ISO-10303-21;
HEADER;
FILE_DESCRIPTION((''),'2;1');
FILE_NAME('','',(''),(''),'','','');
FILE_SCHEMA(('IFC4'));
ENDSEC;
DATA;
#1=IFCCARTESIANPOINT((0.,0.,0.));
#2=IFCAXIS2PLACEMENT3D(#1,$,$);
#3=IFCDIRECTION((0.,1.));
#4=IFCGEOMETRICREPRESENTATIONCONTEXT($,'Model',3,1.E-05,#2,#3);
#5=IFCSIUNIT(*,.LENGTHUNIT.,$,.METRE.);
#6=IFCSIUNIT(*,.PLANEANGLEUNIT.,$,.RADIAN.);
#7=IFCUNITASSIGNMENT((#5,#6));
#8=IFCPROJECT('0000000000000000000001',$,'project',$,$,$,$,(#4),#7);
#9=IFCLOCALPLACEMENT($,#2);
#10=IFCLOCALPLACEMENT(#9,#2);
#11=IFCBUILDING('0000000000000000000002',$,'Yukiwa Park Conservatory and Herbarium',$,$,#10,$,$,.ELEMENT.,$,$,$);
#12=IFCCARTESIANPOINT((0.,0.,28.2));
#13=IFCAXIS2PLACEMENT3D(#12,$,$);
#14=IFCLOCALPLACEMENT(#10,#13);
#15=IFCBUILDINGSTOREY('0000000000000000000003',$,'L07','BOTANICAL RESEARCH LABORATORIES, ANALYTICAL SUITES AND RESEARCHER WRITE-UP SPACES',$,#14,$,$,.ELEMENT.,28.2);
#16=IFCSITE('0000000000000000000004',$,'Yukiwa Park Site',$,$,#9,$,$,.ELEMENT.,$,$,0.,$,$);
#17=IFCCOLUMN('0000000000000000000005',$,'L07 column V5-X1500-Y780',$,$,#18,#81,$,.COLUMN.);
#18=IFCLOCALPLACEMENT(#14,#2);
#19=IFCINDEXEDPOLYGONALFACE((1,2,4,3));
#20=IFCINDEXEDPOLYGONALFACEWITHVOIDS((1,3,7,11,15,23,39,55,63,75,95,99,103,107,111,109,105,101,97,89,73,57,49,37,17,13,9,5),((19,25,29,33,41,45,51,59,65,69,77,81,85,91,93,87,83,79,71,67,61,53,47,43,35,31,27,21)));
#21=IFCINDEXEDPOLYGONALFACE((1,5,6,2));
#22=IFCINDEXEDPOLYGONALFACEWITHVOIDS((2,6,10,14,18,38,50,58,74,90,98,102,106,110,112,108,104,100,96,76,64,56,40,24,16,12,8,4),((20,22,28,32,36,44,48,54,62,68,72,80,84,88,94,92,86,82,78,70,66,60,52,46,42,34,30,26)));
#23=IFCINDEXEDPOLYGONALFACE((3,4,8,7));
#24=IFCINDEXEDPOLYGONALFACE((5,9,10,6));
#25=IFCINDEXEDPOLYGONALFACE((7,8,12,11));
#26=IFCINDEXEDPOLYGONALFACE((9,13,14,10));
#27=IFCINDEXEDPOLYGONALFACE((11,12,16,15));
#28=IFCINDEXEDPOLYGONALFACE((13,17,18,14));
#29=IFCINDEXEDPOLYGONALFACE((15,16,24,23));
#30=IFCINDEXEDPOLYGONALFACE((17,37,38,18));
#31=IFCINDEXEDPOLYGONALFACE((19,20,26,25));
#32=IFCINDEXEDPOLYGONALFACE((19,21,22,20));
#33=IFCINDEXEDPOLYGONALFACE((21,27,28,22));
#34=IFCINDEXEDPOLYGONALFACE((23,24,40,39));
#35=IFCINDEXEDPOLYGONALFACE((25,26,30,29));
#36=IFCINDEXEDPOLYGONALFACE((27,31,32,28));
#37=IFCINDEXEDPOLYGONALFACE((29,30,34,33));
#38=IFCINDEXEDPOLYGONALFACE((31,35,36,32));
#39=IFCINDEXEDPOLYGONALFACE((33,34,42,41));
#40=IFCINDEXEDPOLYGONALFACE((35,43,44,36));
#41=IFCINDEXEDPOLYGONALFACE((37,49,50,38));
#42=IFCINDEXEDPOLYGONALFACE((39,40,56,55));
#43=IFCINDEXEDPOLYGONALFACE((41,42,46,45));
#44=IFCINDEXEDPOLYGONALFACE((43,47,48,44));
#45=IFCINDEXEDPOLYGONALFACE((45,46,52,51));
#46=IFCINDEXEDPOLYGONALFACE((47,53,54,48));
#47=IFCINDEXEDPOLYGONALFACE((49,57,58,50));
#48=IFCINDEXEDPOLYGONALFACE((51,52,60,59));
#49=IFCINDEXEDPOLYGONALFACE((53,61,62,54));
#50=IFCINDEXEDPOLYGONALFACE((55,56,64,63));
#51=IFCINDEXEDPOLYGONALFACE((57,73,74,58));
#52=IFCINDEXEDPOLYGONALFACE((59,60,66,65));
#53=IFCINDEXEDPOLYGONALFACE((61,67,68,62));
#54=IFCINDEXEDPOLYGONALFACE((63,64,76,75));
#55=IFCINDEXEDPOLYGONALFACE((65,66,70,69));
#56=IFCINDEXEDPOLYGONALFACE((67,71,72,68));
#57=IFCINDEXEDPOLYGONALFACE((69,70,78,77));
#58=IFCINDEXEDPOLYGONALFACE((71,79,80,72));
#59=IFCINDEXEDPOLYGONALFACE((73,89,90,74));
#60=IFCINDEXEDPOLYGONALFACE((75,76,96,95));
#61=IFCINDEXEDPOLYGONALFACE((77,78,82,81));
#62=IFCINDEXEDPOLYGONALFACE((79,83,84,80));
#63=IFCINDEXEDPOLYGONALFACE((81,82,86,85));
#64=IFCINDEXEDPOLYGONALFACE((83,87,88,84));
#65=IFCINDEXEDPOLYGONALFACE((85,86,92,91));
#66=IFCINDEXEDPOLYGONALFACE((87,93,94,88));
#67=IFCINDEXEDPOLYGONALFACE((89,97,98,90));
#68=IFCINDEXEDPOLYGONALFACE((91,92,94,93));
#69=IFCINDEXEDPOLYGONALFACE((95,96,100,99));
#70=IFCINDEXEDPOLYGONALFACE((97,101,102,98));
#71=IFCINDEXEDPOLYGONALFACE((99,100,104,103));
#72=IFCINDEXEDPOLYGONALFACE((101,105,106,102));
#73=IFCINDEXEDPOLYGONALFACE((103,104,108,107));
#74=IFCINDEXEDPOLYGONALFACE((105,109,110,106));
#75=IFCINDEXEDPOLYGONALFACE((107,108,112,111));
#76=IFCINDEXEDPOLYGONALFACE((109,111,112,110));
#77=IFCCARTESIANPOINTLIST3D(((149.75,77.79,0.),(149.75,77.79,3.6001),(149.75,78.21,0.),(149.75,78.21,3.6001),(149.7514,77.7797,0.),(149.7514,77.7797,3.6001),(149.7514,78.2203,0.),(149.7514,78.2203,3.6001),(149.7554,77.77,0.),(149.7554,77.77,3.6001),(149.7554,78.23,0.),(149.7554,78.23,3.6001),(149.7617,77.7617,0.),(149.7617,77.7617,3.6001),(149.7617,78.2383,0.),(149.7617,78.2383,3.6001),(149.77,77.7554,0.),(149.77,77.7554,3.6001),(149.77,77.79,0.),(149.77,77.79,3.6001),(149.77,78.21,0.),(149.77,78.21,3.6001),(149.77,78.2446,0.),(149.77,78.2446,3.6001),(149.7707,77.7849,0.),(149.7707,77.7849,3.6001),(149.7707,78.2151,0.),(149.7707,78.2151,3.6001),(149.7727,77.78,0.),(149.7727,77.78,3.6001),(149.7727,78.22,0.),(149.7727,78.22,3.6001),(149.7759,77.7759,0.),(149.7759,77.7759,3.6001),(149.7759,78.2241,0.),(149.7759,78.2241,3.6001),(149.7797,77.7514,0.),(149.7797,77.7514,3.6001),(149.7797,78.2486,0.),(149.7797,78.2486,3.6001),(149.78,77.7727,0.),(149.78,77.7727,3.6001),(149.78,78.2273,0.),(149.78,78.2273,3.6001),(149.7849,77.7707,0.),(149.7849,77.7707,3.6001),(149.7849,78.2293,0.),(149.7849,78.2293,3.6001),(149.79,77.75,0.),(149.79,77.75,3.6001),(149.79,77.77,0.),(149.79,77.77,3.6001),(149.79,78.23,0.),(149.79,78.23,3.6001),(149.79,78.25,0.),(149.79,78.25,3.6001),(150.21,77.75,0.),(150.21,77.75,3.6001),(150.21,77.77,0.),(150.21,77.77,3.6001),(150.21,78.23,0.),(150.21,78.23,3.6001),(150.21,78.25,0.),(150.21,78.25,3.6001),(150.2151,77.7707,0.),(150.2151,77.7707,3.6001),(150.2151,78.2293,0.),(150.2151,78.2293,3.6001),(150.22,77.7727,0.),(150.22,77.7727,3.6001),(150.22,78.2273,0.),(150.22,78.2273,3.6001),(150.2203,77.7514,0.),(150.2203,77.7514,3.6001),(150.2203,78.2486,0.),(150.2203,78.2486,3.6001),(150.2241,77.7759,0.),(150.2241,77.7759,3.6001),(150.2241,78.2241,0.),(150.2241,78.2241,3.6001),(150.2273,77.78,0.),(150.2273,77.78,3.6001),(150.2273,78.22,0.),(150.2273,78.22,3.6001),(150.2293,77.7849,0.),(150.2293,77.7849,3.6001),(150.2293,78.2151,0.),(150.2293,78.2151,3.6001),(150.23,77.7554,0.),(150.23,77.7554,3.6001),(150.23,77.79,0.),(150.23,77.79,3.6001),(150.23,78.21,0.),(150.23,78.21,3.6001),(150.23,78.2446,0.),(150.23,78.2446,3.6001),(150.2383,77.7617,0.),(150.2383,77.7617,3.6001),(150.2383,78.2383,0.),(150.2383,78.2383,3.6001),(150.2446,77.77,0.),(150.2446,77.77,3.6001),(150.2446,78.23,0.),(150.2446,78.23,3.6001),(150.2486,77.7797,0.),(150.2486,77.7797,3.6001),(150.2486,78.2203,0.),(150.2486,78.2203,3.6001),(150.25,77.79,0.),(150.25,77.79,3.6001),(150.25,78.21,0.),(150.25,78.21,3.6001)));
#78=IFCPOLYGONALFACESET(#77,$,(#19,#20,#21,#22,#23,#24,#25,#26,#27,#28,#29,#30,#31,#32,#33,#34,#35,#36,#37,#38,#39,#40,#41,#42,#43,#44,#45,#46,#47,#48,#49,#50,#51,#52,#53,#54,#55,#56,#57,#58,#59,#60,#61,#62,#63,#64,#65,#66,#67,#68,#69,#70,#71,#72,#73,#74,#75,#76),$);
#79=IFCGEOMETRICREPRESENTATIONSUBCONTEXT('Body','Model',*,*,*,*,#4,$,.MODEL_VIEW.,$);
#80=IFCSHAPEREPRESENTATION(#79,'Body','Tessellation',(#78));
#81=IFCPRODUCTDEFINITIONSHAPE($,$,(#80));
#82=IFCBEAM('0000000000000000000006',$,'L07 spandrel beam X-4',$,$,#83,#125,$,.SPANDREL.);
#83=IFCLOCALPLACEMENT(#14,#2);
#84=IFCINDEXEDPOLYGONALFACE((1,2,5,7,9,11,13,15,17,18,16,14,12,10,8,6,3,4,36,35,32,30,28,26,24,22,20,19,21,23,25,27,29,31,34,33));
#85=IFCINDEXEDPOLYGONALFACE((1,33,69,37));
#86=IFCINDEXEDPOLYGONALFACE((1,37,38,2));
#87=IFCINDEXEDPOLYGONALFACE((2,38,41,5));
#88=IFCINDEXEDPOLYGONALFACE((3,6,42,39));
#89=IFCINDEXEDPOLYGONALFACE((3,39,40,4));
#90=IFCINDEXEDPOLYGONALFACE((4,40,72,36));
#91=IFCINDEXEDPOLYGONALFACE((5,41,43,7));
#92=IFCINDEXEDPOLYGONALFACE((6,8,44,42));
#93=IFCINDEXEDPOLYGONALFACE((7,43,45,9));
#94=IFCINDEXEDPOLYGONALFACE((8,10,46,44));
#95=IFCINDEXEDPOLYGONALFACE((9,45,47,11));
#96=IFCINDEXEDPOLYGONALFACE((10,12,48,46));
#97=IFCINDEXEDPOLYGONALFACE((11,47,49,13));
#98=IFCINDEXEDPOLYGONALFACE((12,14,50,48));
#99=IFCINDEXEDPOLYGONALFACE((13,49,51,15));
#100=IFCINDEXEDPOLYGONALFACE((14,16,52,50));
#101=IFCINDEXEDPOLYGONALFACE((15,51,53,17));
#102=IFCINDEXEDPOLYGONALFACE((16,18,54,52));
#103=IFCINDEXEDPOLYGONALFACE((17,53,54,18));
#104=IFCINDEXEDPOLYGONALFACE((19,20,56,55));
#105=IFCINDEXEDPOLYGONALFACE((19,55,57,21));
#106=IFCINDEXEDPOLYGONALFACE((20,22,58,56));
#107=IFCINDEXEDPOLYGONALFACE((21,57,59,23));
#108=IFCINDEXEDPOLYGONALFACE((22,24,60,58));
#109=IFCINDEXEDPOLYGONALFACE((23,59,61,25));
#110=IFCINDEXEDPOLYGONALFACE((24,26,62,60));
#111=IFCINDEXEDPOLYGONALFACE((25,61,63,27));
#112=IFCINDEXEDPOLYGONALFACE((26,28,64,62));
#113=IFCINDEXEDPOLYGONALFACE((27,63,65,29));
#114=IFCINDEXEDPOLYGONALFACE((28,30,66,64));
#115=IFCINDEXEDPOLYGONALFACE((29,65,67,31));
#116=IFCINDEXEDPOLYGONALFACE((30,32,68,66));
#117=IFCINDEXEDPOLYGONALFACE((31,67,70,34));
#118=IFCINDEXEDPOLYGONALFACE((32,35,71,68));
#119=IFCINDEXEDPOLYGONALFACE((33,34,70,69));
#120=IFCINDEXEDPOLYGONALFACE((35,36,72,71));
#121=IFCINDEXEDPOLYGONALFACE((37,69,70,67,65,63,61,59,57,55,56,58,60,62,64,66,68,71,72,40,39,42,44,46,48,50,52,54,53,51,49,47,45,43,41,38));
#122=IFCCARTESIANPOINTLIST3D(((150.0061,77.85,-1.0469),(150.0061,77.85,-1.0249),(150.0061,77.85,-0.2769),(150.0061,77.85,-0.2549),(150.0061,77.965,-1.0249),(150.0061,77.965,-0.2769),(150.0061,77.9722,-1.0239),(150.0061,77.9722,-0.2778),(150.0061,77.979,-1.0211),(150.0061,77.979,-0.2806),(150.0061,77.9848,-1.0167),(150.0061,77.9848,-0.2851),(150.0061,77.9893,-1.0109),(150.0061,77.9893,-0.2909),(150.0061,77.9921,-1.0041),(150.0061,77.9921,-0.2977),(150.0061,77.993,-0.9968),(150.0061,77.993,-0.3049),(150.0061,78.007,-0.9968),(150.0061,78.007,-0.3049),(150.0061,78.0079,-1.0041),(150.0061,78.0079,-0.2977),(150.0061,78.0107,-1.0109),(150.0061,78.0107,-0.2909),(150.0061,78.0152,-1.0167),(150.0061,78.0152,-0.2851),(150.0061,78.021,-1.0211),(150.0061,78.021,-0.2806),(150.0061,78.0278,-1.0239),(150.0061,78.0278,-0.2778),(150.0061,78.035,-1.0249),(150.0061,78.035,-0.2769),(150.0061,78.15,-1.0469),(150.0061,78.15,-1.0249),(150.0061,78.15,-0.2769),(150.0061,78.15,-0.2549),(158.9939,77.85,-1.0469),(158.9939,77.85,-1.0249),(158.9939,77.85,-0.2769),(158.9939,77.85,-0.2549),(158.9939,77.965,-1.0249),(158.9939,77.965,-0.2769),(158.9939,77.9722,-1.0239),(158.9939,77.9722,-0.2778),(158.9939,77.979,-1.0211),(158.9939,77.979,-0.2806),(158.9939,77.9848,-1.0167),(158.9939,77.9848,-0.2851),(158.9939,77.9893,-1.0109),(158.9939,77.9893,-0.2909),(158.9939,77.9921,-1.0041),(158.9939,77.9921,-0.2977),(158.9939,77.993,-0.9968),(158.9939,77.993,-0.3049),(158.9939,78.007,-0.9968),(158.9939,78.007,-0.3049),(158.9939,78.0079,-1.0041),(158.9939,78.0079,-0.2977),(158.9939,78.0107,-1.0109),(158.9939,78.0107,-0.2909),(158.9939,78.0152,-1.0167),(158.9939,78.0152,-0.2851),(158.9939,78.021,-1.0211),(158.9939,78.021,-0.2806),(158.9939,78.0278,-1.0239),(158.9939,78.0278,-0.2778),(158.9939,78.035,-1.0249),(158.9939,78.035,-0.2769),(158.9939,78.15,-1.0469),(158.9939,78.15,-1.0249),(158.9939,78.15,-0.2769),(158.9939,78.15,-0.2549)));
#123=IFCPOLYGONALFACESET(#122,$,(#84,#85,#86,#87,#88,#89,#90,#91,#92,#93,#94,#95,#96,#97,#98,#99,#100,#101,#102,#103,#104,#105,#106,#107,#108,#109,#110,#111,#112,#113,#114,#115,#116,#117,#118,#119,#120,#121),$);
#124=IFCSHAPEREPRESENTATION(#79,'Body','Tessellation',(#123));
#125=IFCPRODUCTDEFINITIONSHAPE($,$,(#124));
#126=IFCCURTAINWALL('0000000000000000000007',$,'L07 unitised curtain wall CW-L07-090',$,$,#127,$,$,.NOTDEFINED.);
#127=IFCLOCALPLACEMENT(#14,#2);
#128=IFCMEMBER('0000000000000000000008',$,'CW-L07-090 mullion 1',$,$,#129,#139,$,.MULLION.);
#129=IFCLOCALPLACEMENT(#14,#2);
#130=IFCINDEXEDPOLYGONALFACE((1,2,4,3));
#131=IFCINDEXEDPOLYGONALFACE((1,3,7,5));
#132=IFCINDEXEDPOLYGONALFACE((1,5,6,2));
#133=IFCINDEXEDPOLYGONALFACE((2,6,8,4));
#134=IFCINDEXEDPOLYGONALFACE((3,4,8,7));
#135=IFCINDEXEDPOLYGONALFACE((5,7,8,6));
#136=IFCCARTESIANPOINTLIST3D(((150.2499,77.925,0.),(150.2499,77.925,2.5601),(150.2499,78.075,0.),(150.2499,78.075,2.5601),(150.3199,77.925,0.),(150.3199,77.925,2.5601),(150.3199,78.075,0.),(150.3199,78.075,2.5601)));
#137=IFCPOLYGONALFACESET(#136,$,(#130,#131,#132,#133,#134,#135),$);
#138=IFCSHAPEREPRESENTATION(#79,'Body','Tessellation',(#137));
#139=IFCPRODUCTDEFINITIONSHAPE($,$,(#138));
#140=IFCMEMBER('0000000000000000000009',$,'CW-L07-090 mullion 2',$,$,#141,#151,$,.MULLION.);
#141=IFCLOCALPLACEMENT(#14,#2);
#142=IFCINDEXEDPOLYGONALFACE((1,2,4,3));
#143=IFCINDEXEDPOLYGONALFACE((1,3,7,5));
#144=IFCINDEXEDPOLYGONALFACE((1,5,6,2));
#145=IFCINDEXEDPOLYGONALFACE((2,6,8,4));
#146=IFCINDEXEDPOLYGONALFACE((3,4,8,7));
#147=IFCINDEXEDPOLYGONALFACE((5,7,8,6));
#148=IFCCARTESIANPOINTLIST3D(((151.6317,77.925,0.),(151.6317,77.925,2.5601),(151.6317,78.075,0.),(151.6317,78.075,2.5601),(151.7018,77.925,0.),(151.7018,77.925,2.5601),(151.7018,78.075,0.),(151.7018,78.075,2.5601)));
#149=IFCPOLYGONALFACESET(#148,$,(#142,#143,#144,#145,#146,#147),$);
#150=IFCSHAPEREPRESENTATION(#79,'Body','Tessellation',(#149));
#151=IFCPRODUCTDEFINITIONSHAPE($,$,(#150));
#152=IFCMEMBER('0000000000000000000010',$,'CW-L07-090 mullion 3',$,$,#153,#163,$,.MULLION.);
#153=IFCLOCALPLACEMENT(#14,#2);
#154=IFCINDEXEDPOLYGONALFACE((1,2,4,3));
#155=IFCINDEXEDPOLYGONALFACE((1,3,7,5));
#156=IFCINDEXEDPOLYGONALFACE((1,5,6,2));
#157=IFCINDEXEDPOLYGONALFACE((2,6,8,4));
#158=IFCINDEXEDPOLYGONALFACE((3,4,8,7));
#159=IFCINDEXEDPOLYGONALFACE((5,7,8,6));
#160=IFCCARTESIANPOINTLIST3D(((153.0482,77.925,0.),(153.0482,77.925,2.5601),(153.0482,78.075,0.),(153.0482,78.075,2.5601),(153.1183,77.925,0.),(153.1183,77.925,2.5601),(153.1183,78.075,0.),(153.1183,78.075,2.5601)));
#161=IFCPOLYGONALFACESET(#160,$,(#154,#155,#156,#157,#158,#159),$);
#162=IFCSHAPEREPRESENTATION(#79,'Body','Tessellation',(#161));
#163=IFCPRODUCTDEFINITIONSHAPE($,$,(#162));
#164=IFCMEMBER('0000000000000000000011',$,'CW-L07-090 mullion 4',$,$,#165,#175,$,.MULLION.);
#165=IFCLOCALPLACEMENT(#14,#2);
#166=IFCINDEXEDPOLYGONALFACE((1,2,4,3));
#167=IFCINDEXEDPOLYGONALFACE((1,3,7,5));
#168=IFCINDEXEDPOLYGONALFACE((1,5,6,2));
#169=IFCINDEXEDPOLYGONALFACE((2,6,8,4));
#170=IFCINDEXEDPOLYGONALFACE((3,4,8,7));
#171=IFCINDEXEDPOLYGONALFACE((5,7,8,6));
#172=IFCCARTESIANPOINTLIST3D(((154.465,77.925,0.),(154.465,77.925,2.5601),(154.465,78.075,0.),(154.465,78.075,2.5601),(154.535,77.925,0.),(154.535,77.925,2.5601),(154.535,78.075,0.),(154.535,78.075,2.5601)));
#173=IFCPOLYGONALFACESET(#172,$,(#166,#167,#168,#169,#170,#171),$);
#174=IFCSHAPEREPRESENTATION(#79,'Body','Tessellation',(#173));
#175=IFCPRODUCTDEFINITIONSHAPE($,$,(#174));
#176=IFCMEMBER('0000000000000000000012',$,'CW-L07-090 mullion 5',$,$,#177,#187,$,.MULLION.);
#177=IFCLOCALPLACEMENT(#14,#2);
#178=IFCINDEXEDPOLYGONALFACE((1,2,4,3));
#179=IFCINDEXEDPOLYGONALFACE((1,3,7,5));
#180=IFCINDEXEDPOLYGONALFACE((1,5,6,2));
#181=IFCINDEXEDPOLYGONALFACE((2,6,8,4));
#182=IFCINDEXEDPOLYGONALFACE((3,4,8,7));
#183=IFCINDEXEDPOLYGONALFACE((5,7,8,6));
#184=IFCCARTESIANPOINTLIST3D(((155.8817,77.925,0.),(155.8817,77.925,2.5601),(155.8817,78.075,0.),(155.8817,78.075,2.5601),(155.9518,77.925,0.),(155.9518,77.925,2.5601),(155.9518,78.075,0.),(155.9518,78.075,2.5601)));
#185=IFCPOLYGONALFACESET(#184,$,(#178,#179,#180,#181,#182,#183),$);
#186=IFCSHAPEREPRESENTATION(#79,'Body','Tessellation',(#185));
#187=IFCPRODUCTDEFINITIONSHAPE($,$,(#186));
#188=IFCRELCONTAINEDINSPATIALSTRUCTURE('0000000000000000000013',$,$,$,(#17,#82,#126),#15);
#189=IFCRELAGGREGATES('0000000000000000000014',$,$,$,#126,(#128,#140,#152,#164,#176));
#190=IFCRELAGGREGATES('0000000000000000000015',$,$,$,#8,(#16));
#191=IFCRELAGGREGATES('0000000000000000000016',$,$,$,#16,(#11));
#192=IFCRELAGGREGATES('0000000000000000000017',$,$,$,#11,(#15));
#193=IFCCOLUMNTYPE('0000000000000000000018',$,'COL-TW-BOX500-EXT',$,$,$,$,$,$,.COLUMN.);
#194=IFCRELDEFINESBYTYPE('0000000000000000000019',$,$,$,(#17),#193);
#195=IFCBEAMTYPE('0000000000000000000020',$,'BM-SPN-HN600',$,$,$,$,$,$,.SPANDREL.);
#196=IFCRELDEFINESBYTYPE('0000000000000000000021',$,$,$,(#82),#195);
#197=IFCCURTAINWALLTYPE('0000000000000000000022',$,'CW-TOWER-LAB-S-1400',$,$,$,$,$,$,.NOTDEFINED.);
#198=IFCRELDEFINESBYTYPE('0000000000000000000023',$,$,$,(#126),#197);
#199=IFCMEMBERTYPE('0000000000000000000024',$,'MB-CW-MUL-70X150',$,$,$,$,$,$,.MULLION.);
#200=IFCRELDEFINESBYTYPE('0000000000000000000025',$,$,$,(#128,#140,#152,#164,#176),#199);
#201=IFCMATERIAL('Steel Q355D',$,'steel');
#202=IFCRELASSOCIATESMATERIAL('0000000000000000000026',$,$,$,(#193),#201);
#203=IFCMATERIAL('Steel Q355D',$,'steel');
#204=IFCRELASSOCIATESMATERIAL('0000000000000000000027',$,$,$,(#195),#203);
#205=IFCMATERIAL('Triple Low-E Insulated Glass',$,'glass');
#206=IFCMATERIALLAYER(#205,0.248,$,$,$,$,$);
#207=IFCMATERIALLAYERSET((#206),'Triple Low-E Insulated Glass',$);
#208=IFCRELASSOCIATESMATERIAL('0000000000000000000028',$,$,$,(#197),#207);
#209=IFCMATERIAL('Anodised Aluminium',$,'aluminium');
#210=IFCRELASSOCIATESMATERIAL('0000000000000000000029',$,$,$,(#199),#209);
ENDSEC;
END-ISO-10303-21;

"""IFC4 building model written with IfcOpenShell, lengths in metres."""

from ifc_helpers import new_model, si_unit, direction, frame, origin, origin_2d, place, context, subcontext, project, spatial, rectangle, hollow_rectangle, i_section, extrude, material, layer, layer_set, material_profile, profile_set, type_object, element, aggregate, save


model = new_model("IFC4")

# Units and contexts
model_context = context("Model", 3, precision=1e-05, world=origin(), true_north=direction((0.0, 1.0)))
body_context = subcontext(model_context, "Body", "Model", "MODEL_VIEW")
ifc_project = project(units=[si_unit("LENGTHUNIT", "METRE"), si_unit("PLANEANGLEUNIT", "RADIAN")], contexts=[model_context])

# Site, building, storey
site_placement = place(None, origin())
site = spatial("IfcSite", under=ifc_project, at=site_placement, Name="Yukiwa Park Site", CompositionType="ELEMENT", RefElevation=0.0)
building_placement = place(site_placement, origin())
building = spatial("IfcBuilding", under=site, at=building_placement, Name="Yukiwa Park Conservatory and Herbarium", CompositionType="ELEMENT")
storey_placement = place(building_placement, frame((0.0, 0.0, 28.2)))
storey = spatial("IfcBuildingStorey", under=building, at=storey_placement, Name="L07", Description="BOTANICAL RESEARCH LABORATORIES, ANALYTICAL SUITES AND RESEARCHER WRITE-UP SPACES", CompositionType="ELEMENT", Elevation=28.2)

# Column
ifc_material_1 = material(Name="Steel Q355D", Category="steel")
ifc_material_profile_1 = material_profile(ifc_material_1, hollow_rectangle(XDim=0.5, YDim=0.5, WallThickness=0.02, InnerFilletRadius=0.02, OuterFilletRadius=0.04, at=origin_2d()), Name="BOX 500x500x20")
ifc_profile_set_1 = profile_set([ifc_material_profile_1], Name="Steel Q355D")
column_type = type_object("IfcColumnType", Name="COL-TW-BOX500-EXT", PredefinedType="COLUMN", material=ifc_profile_set_1)
column_placement = place(storey_placement, frame((150.0, 78.0, 0.0), z_axis=(0.0, 0.0, 1.0), x_axis=(1.0, 0.0, 0.0)))
element("IfcColumn", 1, at=column_placement, inside=storey, type_object=column_type, Name="L07 column V5-X1500-Y780", PredefinedType="COLUMN", context=body_context, shape_type="SweptSolid", body=[
    extrude(hollow_rectangle(XDim=0.5, YDim=0.5, WallThickness=0.02, InnerFilletRadius=0.02, OuterFilletRadius=0.04, at=origin_2d()), origin(), (0.0, 0.0, 1.0), 3.6001),
])

# Beam
ifc_material_2 = material(Name="Steel Q355D", Category="steel")
ifc_material_profile_2 = material_profile(ifc_material_2, i_section(OverallWidth=0.3, OverallDepth=0.792, WebThickness=0.0139, FlangeThickness=0.022, FilletRadius=0.0281, at=origin_2d()), Name="HN 792x300x14x22")
ifc_profile_set_2 = profile_set([ifc_material_profile_2], Name="Steel Q355D")
beam_type = type_object("IfcBeamType", Name="BM-SPN-HN600", PredefinedType="SPANDREL", material=ifc_profile_set_2)
beam_placement = place(storey_placement, frame((150.0061, 78.0, -0.6509), z_axis=(1.0, 0.0, 0.0), x_axis=(0.0, 1.0, 0.0)))
element("IfcBeam", 2, at=beam_placement, inside=storey, type_object=beam_type, Name="L07 spandrel beam X-4", PredefinedType="SPANDREL", context=body_context, shape_type="SweptSolid", body=[
    extrude(i_section(OverallWidth=0.3, OverallDepth=0.792, WebThickness=0.0139, FlangeThickness=0.022, FilletRadius=0.0281, at=origin_2d()), origin(), (0.0, 0.0, 1.0), 8.9878),
])

# Curtain wall, members
ifc_material_3 = material(Name="Triple Low-E Insulated Glass", Category="glass")
ifc_layer_1 = layer(ifc_material_3, 0.248)
ifc_layer_set_1 = layer_set([ifc_layer_1], Name="Triple Low-E Insulated Glass")
curtain_wall_type = type_object("IfcCurtainWallType", Name="CW-TOWER-LAB-S-1400", PredefinedType="NOTDEFINED", material=ifc_layer_set_1)
curtain_wall_placement = place(storey_placement, origin())
curtain_wall = element("IfcCurtainWall", 3, at=curtain_wall_placement, inside=storey, type_object=curtain_wall_type, Name="L07 unitised curtain wall CW-L07-090", PredefinedType="NOTDEFINED")
ifc_material_4 = material(Name="Anodised Aluminium", Category="aluminium")
member_type_1 = type_object("IfcMemberType", Name="MB-CW-MUL-70X150", PredefinedType="MULLION", material=ifc_material_4)
member_1_placement = place(storey_placement, frame((150.2849, 78.0, 0.0), z_axis=(0.0, 0.0, 1.0), x_axis=(1.0, 0.0, 0.0)))
member_1 = element("IfcMember", 4, at=member_1_placement, type_object=member_type_1, Name="CW-L07-090 mullion 1", PredefinedType="MULLION", context=body_context, shape_type="SweptSolid", body=[
    extrude(rectangle(XDim=0.0701, YDim=0.1499, at=origin_2d()), origin(), (0.0, 0.0, 1.0), 2.5601),
])
member_2_placement = place(storey_placement, frame((151.6667, 78.0, 0.0), z_axis=(0.0, 0.0, 1.0), x_axis=(1.0, 0.0, 0.0)))
member_2 = element("IfcMember", 5, at=member_2_placement, type_object=member_type_1, Name="CW-L07-090 mullion 2", PredefinedType="MULLION", context=body_context, shape_type="SweptSolid", body=[
    extrude(rectangle(XDim=0.0701, YDim=0.1499, at=origin_2d()), origin(), (0.0, 0.0, 1.0), 2.5601),
])
member_3_placement = place(storey_placement, frame((153.0833, 78.0, 0.0), z_axis=(0.0, 0.0, 1.0), x_axis=(1.0, 0.0, 0.0)))
member_3 = element("IfcMember", 6, at=member_3_placement, type_object=member_type_1, Name="CW-L07-090 mullion 3", PredefinedType="MULLION", context=body_context, shape_type="SweptSolid", body=[
    extrude(rectangle(XDim=0.0701, YDim=0.1499, at=origin_2d()), origin(), (0.0, 0.0, 1.0), 2.5601),
])
member_4_placement = place(storey_placement, frame((154.5, 78.0, 0.0), z_axis=(0.0, 0.0, 1.0), x_axis=(1.0, 0.0, 0.0)))
member_4 = element("IfcMember", 7, at=member_4_placement, type_object=member_type_1, Name="CW-L07-090 mullion 4", PredefinedType="MULLION", context=body_context, shape_type="SweptSolid", body=[
    extrude(rectangle(XDim=0.0701, YDim=0.1499, at=origin_2d()), origin(), (0.0, 0.0, 1.0), 2.5601),
])
member_5_placement = place(storey_placement, frame((155.9167, 78.0, 0.0), z_axis=(0.0, 0.0, 1.0), x_axis=(1.0, 0.0, 0.0)))
member_5 = element("IfcMember", 8, at=member_5_placement, type_object=member_type_1, Name="CW-L07-090 mullion 5", PredefinedType="MULLION", context=body_context, shape_type="SweptSolid", body=[
    extrude(rectangle(XDim=0.0701, YDim=0.1499, at=origin_2d()), origin(), (0.0, 0.0, 1.0), 2.5601),
])
aggregate(curtain_wall, [member_1, member_2, member_3, member_4, member_5])

save(model, "model.ifc")
